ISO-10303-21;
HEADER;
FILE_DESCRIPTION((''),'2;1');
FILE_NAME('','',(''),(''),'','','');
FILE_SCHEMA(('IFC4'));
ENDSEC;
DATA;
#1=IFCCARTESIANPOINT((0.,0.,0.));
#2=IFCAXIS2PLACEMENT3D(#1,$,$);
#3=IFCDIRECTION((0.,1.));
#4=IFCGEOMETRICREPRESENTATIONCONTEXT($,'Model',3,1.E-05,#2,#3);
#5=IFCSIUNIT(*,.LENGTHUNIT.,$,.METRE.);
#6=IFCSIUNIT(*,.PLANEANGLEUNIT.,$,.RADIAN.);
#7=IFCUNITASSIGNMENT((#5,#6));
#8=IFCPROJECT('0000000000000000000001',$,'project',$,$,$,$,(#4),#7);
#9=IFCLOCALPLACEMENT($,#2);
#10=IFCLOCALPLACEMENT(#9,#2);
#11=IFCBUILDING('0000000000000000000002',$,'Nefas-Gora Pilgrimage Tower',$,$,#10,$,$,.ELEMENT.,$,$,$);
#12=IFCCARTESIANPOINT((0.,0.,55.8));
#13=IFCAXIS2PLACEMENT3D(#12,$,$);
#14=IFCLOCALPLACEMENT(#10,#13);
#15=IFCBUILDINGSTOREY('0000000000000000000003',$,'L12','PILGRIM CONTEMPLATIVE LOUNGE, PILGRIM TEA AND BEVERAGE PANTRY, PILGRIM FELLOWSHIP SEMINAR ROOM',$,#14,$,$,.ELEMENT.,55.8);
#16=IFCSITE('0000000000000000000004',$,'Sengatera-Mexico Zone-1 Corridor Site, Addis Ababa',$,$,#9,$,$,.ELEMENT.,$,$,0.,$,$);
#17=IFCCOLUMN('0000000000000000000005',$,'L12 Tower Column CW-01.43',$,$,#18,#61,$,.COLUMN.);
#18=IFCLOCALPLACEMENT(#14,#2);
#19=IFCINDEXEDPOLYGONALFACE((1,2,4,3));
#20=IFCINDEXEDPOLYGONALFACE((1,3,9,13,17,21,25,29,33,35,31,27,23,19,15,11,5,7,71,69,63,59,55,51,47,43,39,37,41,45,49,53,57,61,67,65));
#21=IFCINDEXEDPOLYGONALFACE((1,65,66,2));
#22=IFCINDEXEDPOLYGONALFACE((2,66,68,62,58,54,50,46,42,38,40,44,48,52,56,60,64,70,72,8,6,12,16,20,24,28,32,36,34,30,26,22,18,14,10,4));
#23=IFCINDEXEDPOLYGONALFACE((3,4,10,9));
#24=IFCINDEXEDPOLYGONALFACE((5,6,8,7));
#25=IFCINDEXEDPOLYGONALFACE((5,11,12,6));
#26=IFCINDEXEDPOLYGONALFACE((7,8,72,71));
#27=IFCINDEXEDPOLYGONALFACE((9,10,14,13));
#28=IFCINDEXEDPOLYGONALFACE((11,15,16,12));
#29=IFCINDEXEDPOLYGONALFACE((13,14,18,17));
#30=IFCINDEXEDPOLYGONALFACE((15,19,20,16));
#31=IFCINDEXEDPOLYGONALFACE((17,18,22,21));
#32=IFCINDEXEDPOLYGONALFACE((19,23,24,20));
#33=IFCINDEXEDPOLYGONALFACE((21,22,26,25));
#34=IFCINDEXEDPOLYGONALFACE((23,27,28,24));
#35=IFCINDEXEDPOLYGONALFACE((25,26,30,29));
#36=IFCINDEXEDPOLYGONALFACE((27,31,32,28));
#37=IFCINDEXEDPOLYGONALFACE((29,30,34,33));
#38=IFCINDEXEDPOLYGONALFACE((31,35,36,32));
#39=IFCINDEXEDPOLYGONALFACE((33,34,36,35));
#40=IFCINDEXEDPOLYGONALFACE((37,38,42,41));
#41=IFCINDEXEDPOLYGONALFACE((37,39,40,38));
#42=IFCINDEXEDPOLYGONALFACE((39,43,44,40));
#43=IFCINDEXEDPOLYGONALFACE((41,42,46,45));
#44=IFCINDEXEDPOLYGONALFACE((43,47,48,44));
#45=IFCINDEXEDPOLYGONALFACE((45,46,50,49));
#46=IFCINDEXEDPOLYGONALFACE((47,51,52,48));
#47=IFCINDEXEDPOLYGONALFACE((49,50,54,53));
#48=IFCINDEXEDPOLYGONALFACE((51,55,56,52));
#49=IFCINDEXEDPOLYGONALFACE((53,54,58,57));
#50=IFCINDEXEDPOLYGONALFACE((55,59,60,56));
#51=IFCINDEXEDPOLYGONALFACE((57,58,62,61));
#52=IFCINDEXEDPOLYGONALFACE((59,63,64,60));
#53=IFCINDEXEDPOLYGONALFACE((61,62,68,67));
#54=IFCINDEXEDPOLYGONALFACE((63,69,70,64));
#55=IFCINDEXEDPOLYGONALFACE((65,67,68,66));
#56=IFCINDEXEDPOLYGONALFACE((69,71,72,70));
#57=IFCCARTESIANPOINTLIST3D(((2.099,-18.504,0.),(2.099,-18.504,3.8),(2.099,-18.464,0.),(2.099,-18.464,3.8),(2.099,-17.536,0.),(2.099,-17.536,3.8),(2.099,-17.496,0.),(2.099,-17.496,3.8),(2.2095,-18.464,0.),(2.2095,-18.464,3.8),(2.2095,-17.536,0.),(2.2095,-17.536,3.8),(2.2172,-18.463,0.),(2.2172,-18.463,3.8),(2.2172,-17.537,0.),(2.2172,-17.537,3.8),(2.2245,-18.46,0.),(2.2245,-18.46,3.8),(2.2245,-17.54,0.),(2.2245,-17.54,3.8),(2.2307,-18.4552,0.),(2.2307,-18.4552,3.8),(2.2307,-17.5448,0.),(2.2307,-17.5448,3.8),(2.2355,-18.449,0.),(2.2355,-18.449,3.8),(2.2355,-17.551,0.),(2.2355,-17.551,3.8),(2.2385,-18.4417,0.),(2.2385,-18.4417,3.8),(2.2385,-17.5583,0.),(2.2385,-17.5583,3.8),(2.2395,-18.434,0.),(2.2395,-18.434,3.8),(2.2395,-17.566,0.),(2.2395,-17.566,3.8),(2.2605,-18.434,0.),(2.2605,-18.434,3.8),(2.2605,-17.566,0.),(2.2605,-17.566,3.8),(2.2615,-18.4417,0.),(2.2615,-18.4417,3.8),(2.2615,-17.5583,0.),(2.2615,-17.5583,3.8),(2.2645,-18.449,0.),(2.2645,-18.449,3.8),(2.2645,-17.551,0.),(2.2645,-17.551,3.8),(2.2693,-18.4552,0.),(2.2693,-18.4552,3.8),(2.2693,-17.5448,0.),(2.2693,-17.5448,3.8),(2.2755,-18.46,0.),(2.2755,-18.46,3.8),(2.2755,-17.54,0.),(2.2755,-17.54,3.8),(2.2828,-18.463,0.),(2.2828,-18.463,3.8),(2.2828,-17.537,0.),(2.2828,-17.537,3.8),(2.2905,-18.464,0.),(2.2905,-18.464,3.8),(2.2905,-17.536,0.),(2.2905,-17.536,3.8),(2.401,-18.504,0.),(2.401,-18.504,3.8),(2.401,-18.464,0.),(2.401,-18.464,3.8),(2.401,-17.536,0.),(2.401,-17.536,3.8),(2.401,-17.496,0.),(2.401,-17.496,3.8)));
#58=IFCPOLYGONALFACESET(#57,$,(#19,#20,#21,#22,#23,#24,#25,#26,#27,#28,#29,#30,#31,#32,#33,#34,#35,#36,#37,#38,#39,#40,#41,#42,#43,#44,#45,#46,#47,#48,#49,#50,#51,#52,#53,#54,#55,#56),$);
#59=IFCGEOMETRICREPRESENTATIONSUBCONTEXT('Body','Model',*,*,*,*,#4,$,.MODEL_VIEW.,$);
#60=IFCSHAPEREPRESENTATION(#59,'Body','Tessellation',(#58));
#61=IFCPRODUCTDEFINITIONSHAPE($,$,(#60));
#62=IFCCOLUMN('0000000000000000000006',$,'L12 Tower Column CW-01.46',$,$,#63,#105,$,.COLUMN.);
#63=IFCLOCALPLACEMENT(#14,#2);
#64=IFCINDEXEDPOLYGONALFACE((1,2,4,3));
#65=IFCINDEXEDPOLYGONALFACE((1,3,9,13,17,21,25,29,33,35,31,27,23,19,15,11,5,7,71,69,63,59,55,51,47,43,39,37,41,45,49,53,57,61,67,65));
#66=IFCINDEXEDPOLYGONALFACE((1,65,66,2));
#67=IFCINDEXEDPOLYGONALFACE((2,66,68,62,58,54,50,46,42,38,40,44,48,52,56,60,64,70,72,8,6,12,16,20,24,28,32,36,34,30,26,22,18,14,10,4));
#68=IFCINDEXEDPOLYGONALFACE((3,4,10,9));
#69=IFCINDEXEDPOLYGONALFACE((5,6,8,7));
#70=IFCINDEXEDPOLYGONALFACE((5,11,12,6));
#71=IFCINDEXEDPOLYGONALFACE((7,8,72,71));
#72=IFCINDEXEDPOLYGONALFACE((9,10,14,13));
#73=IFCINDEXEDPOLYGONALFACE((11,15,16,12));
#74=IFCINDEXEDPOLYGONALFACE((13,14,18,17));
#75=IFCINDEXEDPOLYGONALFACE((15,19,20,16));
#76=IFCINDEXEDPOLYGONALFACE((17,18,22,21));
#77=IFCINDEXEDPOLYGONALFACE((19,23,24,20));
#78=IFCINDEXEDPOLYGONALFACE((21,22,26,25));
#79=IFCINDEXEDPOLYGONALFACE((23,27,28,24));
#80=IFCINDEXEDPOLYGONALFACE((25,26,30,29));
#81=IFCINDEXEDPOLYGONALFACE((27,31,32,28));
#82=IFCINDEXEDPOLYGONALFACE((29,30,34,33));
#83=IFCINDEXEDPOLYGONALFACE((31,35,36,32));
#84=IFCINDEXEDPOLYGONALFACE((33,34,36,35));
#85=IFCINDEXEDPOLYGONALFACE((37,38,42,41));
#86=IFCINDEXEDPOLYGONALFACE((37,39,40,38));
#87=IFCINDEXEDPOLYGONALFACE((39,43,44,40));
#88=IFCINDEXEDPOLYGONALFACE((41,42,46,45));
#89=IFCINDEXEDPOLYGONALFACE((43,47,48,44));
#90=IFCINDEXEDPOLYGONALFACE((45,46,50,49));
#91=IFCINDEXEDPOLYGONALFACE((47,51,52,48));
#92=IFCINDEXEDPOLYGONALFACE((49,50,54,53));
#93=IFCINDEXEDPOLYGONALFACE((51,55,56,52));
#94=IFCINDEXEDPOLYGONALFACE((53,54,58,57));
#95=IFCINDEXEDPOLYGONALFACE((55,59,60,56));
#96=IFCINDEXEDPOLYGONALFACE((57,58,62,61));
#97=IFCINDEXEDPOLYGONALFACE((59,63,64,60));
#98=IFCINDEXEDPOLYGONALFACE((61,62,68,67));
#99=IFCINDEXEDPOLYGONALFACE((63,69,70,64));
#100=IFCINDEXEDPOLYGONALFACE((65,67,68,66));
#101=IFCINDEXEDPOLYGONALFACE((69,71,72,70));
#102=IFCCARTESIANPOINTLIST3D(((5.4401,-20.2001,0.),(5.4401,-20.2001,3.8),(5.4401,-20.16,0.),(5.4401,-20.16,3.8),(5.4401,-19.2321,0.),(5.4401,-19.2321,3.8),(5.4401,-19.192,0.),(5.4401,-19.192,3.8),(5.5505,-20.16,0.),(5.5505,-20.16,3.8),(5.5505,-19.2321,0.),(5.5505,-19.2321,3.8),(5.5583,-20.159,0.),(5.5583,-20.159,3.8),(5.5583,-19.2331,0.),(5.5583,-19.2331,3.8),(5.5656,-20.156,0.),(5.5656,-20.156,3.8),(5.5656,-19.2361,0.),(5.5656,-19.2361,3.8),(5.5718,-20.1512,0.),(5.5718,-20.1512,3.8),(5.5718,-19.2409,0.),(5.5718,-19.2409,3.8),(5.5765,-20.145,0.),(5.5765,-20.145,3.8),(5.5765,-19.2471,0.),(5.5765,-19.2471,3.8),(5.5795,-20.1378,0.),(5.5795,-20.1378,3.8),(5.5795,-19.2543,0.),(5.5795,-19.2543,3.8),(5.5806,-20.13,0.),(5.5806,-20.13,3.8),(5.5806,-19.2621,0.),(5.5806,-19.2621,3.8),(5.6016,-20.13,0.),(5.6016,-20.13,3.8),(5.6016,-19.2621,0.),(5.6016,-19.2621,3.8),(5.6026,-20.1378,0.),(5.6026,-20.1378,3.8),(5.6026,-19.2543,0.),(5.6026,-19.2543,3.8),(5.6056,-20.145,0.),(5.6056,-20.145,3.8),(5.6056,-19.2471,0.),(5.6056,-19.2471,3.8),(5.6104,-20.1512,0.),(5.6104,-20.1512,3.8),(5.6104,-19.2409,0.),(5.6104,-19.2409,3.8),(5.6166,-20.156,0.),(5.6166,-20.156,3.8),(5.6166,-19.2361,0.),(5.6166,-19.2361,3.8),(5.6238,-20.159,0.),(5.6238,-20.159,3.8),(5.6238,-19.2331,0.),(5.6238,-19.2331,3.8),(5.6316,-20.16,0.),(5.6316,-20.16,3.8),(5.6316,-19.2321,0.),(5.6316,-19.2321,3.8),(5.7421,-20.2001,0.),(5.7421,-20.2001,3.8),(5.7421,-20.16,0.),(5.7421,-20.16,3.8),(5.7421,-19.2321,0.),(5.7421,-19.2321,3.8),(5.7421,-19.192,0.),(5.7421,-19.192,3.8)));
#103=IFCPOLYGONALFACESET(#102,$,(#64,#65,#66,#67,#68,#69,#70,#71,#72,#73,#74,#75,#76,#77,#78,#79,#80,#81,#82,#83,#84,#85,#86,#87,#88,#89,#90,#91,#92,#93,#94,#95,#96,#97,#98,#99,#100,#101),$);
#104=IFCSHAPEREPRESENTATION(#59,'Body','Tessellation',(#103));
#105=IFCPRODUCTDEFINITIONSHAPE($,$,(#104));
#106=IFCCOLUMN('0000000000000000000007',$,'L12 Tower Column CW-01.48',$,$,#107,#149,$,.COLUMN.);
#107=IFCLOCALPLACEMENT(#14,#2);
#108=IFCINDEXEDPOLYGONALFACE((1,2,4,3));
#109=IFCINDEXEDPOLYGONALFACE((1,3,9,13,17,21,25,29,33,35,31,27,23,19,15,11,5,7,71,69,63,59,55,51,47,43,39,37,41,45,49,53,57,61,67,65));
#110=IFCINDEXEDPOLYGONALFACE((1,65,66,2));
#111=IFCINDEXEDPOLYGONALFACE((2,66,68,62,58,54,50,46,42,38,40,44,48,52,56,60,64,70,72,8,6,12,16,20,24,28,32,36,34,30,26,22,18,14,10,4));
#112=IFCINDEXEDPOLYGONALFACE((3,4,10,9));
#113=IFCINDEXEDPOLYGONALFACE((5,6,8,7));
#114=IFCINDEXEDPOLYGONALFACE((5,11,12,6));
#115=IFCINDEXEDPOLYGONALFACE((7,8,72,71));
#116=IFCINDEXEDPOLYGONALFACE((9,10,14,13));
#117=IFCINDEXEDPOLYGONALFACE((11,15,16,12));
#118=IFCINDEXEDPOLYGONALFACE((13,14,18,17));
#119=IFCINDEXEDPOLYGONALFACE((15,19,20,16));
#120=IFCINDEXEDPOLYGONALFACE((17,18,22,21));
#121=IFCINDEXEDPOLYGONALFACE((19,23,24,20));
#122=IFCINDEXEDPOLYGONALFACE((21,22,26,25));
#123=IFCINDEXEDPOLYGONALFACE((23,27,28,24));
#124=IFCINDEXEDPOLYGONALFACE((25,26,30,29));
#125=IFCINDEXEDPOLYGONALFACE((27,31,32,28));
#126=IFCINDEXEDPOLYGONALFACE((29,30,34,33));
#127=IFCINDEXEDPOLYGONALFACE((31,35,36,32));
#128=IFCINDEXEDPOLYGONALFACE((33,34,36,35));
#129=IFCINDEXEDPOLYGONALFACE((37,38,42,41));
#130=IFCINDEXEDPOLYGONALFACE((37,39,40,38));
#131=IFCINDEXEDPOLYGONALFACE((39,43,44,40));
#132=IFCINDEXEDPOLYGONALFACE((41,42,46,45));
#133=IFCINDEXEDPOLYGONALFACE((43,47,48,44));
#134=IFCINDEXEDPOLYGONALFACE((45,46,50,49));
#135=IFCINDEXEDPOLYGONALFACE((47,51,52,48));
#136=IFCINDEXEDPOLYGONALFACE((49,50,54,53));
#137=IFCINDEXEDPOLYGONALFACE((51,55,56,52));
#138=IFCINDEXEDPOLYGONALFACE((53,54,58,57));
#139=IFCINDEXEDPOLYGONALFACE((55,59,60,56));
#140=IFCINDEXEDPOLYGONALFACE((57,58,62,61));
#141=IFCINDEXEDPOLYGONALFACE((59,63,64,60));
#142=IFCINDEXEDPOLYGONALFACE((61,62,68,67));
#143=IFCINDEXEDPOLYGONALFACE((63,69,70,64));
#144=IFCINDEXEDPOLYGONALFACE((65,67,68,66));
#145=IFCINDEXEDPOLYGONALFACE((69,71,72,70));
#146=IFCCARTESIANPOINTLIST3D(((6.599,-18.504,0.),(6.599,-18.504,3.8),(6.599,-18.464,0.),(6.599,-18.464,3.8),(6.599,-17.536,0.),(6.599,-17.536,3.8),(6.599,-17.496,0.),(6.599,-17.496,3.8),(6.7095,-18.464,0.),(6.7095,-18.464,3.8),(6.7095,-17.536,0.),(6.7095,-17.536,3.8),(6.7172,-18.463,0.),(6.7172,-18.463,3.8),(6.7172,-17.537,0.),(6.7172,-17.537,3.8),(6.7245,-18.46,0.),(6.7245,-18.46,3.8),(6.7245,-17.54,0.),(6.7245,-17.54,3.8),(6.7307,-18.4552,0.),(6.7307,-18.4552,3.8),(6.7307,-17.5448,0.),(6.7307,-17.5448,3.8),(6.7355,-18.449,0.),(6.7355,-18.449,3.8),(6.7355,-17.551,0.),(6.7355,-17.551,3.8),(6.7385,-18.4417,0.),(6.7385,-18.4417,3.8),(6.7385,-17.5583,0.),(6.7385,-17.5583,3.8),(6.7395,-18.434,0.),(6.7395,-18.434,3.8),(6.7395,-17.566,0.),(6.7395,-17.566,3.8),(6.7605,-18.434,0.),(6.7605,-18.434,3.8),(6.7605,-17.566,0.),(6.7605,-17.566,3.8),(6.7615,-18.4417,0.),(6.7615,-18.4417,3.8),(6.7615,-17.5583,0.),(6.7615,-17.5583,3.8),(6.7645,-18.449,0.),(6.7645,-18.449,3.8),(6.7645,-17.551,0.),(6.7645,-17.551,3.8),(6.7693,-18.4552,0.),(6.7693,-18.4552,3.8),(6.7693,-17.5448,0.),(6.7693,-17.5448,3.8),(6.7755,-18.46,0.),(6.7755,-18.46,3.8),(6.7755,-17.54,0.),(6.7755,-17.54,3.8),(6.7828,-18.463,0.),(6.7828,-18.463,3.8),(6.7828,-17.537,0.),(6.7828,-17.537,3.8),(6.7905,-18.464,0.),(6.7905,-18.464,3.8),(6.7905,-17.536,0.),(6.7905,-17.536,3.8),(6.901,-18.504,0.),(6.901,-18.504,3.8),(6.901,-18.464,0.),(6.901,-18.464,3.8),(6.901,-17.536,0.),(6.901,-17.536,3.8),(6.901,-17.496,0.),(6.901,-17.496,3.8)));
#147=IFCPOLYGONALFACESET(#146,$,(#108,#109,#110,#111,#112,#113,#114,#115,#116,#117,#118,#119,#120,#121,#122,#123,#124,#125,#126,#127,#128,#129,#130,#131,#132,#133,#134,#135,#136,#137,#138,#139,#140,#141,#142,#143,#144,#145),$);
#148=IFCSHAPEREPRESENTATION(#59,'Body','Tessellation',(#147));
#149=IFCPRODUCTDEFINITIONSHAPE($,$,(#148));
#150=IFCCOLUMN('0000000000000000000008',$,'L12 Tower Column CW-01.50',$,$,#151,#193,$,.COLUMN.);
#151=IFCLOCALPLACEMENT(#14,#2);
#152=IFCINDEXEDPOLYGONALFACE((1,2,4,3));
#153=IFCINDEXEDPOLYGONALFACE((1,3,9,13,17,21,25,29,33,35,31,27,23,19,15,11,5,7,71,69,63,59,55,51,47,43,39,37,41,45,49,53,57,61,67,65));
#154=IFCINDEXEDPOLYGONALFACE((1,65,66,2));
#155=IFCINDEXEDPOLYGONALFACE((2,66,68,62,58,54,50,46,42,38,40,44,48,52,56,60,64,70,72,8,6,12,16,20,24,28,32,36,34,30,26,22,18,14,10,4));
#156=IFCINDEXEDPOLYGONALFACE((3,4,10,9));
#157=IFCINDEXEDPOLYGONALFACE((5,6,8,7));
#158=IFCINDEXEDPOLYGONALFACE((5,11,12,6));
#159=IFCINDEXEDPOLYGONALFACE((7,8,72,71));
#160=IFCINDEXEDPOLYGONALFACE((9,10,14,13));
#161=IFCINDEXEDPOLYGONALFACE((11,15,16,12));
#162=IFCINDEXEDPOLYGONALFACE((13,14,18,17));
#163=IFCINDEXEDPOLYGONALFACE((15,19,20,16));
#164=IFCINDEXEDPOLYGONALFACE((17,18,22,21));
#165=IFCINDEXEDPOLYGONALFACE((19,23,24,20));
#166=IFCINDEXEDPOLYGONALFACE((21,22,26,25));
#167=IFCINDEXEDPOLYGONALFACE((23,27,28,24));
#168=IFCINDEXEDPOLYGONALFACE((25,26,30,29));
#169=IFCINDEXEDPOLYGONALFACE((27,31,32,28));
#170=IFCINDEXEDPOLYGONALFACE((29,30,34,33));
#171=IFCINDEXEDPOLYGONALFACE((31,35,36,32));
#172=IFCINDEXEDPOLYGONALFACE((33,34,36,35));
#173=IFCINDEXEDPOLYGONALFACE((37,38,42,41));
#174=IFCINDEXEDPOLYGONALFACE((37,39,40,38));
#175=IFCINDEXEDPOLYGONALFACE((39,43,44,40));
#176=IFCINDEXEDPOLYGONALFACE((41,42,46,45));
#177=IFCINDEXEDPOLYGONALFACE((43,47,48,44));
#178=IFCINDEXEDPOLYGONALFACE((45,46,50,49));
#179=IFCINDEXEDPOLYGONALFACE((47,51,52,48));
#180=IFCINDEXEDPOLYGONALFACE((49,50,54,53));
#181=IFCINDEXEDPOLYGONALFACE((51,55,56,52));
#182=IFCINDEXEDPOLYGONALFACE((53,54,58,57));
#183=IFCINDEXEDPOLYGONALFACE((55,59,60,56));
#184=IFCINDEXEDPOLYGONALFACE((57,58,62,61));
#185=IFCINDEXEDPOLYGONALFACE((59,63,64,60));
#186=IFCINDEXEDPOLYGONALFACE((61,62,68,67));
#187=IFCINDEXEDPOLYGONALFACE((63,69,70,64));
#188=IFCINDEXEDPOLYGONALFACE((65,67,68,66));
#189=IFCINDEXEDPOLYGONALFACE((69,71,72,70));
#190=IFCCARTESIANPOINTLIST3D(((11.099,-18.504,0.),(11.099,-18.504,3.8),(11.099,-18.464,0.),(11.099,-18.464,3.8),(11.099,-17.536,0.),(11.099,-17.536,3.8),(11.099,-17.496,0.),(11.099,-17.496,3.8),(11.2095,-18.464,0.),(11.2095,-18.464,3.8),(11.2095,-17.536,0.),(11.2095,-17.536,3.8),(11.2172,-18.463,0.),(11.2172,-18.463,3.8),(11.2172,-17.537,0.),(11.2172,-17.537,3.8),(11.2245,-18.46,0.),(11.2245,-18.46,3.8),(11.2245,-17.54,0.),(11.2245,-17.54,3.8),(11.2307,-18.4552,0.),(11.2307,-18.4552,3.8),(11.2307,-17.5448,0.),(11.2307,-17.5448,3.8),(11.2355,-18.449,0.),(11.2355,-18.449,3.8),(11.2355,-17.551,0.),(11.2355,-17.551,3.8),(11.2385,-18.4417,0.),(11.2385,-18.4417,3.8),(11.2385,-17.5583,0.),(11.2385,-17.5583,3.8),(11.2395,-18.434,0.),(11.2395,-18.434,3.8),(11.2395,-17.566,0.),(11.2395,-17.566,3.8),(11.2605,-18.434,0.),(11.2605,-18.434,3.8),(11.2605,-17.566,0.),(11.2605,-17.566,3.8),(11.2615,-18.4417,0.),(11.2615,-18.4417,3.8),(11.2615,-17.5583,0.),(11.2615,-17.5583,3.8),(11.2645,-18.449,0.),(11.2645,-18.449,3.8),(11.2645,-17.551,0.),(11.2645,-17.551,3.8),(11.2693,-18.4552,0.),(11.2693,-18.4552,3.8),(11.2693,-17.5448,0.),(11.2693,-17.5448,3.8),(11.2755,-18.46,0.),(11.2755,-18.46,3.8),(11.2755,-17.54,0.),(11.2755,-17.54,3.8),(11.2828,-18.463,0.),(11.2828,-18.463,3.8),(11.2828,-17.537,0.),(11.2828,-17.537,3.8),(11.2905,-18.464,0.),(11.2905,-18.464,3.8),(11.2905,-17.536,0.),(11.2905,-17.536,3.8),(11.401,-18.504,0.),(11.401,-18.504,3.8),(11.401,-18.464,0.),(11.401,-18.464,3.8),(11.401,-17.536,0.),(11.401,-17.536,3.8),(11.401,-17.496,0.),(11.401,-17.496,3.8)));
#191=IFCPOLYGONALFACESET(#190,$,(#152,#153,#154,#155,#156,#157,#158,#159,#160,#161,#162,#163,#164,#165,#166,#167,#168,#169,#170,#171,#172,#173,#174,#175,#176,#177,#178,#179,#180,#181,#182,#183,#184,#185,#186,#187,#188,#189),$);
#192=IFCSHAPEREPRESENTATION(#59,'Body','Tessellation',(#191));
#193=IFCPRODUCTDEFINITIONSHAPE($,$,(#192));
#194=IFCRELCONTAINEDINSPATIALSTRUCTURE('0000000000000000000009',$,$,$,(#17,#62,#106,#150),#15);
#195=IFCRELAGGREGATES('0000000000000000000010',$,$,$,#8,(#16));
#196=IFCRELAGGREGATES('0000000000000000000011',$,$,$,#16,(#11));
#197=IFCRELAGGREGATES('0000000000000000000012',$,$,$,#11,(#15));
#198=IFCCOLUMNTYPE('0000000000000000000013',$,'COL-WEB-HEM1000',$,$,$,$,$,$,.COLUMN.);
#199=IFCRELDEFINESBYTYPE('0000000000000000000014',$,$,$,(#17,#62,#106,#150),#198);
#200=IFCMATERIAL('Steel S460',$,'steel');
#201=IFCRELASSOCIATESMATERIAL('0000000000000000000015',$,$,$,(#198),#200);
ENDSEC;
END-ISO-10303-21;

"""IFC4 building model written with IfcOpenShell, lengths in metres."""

from ifc_helpers import new_model, si_unit, direction, frame, origin, origin_2d, place, context, subcontext, project, spatial, i_section, extrude, source, transform, mapped, material, material_profile, profile_set, type_object, element, save


model = new_model("IFC4")

# Units and contexts
model_context = context("Model", 3, precision=1e-05, world=origin(), true_north=direction((0.0, 1.0)))
body_context = subcontext(model_context, "Body", "Model", "MODEL_VIEW")
ifc_project = project(units=[si_unit("LENGTHUNIT", "METRE"), si_unit("PLANEANGLEUNIT", "RADIAN")], contexts=[model_context])

# Site, building, storey
site_placement = place(None, origin())
site = spatial("IfcSite", under=ifc_project, at=site_placement, Name="Sengatera-Mexico Zone-1 Corridor Site, Addis Ababa", CompositionType="ELEMENT", RefElevation=0.0)
building_placement = place(site_placement, origin())
building = spatial("IfcBuilding", under=site, at=building_placement, Name="Nefas-Gora Pilgrimage Tower", CompositionType="ELEMENT")
storey_placement = place(building_placement, frame((0.0, 0.0, 55.8)))
storey = spatial("IfcBuildingStorey", under=building, at=storey_placement, Name="L12", Description="PILGRIM CONTEMPLATIVE LOUNGE, PILGRIM TEA AND BEVERAGE PANTRY, PILGRIM FELLOWSHIP SEMINAR ROOM", CompositionType="ELEMENT", Elevation=55.8)

# Columns
ifc_material_1 = material(Name="Steel S460", Category="steel")
ifc_material_profile_1 = material_profile(ifc_material_1, i_section(OverallWidth=0.302, OverallDepth=1.0081, WebThickness=0.021, FlangeThickness=0.04, FilletRadius=0.03, at=origin_2d()), Name="HEM 1000")
ifc_profile_set_1 = profile_set([ifc_material_profile_1], Name="Steel S460")
column_type_1 = type_object("IfcColumnType", Name="COL-WEB-HEM1000", PredefinedType="COLUMN", material=ifc_profile_set_1)
shared_shape_1 = source(origin(), body_context, "Body", "SweptSolid", [
    extrude(i_section(OverallWidth=0.302, OverallDepth=1.0081, WebThickness=0.021, FlangeThickness=0.04, FilletRadius=0.03, at=origin_2d()), origin(), (0.0, 0.0, 1.0), 3.8),
])
for number, where, z_axis, x_axis, name in (
    (1, (2.25, -18.0, 0.0), (0.0, 0.0, 1.0), (1.0, 0.0, 0.0), "L12 Tower Column CW-01.43"),
    (2, (5.5911, -19.696, 0.0), (0.0, 0.0, 1.0), (1.0, 0.0, 0.0), "L12 Tower Column CW-01.46"),
    (3, (6.75, -18.0, 0.0), (0.0, 0.0, 1.0), (1.0, 0.0, 0.0), "L12 Tower Column CW-01.48"),
    (4, (11.25, -18.0, 0.0), (0.0, 0.0, 1.0), (1.0, 0.0, 0.0), "L12 Tower Column CW-01.50"),
):
    element("IfcColumn", number, at=place(storey_placement, frame(where, z_axis=z_axis, x_axis=x_axis)), inside=storey, type_object=column_type_1, Name=name, PredefinedType="COLUMN", context=body_context, shape_type="MappedRepresentation", body=[
        mapped(shared_shape_1, transform((0.0, 0.0, 0.0), x_axis=(1.0, 0.0, 0.0), y_axis=(0.0, 1.0, 0.0), z_axis=(0.0, 0.0, 1.0), scale=1.0)),
    ])

save(model, "model.ifc")
